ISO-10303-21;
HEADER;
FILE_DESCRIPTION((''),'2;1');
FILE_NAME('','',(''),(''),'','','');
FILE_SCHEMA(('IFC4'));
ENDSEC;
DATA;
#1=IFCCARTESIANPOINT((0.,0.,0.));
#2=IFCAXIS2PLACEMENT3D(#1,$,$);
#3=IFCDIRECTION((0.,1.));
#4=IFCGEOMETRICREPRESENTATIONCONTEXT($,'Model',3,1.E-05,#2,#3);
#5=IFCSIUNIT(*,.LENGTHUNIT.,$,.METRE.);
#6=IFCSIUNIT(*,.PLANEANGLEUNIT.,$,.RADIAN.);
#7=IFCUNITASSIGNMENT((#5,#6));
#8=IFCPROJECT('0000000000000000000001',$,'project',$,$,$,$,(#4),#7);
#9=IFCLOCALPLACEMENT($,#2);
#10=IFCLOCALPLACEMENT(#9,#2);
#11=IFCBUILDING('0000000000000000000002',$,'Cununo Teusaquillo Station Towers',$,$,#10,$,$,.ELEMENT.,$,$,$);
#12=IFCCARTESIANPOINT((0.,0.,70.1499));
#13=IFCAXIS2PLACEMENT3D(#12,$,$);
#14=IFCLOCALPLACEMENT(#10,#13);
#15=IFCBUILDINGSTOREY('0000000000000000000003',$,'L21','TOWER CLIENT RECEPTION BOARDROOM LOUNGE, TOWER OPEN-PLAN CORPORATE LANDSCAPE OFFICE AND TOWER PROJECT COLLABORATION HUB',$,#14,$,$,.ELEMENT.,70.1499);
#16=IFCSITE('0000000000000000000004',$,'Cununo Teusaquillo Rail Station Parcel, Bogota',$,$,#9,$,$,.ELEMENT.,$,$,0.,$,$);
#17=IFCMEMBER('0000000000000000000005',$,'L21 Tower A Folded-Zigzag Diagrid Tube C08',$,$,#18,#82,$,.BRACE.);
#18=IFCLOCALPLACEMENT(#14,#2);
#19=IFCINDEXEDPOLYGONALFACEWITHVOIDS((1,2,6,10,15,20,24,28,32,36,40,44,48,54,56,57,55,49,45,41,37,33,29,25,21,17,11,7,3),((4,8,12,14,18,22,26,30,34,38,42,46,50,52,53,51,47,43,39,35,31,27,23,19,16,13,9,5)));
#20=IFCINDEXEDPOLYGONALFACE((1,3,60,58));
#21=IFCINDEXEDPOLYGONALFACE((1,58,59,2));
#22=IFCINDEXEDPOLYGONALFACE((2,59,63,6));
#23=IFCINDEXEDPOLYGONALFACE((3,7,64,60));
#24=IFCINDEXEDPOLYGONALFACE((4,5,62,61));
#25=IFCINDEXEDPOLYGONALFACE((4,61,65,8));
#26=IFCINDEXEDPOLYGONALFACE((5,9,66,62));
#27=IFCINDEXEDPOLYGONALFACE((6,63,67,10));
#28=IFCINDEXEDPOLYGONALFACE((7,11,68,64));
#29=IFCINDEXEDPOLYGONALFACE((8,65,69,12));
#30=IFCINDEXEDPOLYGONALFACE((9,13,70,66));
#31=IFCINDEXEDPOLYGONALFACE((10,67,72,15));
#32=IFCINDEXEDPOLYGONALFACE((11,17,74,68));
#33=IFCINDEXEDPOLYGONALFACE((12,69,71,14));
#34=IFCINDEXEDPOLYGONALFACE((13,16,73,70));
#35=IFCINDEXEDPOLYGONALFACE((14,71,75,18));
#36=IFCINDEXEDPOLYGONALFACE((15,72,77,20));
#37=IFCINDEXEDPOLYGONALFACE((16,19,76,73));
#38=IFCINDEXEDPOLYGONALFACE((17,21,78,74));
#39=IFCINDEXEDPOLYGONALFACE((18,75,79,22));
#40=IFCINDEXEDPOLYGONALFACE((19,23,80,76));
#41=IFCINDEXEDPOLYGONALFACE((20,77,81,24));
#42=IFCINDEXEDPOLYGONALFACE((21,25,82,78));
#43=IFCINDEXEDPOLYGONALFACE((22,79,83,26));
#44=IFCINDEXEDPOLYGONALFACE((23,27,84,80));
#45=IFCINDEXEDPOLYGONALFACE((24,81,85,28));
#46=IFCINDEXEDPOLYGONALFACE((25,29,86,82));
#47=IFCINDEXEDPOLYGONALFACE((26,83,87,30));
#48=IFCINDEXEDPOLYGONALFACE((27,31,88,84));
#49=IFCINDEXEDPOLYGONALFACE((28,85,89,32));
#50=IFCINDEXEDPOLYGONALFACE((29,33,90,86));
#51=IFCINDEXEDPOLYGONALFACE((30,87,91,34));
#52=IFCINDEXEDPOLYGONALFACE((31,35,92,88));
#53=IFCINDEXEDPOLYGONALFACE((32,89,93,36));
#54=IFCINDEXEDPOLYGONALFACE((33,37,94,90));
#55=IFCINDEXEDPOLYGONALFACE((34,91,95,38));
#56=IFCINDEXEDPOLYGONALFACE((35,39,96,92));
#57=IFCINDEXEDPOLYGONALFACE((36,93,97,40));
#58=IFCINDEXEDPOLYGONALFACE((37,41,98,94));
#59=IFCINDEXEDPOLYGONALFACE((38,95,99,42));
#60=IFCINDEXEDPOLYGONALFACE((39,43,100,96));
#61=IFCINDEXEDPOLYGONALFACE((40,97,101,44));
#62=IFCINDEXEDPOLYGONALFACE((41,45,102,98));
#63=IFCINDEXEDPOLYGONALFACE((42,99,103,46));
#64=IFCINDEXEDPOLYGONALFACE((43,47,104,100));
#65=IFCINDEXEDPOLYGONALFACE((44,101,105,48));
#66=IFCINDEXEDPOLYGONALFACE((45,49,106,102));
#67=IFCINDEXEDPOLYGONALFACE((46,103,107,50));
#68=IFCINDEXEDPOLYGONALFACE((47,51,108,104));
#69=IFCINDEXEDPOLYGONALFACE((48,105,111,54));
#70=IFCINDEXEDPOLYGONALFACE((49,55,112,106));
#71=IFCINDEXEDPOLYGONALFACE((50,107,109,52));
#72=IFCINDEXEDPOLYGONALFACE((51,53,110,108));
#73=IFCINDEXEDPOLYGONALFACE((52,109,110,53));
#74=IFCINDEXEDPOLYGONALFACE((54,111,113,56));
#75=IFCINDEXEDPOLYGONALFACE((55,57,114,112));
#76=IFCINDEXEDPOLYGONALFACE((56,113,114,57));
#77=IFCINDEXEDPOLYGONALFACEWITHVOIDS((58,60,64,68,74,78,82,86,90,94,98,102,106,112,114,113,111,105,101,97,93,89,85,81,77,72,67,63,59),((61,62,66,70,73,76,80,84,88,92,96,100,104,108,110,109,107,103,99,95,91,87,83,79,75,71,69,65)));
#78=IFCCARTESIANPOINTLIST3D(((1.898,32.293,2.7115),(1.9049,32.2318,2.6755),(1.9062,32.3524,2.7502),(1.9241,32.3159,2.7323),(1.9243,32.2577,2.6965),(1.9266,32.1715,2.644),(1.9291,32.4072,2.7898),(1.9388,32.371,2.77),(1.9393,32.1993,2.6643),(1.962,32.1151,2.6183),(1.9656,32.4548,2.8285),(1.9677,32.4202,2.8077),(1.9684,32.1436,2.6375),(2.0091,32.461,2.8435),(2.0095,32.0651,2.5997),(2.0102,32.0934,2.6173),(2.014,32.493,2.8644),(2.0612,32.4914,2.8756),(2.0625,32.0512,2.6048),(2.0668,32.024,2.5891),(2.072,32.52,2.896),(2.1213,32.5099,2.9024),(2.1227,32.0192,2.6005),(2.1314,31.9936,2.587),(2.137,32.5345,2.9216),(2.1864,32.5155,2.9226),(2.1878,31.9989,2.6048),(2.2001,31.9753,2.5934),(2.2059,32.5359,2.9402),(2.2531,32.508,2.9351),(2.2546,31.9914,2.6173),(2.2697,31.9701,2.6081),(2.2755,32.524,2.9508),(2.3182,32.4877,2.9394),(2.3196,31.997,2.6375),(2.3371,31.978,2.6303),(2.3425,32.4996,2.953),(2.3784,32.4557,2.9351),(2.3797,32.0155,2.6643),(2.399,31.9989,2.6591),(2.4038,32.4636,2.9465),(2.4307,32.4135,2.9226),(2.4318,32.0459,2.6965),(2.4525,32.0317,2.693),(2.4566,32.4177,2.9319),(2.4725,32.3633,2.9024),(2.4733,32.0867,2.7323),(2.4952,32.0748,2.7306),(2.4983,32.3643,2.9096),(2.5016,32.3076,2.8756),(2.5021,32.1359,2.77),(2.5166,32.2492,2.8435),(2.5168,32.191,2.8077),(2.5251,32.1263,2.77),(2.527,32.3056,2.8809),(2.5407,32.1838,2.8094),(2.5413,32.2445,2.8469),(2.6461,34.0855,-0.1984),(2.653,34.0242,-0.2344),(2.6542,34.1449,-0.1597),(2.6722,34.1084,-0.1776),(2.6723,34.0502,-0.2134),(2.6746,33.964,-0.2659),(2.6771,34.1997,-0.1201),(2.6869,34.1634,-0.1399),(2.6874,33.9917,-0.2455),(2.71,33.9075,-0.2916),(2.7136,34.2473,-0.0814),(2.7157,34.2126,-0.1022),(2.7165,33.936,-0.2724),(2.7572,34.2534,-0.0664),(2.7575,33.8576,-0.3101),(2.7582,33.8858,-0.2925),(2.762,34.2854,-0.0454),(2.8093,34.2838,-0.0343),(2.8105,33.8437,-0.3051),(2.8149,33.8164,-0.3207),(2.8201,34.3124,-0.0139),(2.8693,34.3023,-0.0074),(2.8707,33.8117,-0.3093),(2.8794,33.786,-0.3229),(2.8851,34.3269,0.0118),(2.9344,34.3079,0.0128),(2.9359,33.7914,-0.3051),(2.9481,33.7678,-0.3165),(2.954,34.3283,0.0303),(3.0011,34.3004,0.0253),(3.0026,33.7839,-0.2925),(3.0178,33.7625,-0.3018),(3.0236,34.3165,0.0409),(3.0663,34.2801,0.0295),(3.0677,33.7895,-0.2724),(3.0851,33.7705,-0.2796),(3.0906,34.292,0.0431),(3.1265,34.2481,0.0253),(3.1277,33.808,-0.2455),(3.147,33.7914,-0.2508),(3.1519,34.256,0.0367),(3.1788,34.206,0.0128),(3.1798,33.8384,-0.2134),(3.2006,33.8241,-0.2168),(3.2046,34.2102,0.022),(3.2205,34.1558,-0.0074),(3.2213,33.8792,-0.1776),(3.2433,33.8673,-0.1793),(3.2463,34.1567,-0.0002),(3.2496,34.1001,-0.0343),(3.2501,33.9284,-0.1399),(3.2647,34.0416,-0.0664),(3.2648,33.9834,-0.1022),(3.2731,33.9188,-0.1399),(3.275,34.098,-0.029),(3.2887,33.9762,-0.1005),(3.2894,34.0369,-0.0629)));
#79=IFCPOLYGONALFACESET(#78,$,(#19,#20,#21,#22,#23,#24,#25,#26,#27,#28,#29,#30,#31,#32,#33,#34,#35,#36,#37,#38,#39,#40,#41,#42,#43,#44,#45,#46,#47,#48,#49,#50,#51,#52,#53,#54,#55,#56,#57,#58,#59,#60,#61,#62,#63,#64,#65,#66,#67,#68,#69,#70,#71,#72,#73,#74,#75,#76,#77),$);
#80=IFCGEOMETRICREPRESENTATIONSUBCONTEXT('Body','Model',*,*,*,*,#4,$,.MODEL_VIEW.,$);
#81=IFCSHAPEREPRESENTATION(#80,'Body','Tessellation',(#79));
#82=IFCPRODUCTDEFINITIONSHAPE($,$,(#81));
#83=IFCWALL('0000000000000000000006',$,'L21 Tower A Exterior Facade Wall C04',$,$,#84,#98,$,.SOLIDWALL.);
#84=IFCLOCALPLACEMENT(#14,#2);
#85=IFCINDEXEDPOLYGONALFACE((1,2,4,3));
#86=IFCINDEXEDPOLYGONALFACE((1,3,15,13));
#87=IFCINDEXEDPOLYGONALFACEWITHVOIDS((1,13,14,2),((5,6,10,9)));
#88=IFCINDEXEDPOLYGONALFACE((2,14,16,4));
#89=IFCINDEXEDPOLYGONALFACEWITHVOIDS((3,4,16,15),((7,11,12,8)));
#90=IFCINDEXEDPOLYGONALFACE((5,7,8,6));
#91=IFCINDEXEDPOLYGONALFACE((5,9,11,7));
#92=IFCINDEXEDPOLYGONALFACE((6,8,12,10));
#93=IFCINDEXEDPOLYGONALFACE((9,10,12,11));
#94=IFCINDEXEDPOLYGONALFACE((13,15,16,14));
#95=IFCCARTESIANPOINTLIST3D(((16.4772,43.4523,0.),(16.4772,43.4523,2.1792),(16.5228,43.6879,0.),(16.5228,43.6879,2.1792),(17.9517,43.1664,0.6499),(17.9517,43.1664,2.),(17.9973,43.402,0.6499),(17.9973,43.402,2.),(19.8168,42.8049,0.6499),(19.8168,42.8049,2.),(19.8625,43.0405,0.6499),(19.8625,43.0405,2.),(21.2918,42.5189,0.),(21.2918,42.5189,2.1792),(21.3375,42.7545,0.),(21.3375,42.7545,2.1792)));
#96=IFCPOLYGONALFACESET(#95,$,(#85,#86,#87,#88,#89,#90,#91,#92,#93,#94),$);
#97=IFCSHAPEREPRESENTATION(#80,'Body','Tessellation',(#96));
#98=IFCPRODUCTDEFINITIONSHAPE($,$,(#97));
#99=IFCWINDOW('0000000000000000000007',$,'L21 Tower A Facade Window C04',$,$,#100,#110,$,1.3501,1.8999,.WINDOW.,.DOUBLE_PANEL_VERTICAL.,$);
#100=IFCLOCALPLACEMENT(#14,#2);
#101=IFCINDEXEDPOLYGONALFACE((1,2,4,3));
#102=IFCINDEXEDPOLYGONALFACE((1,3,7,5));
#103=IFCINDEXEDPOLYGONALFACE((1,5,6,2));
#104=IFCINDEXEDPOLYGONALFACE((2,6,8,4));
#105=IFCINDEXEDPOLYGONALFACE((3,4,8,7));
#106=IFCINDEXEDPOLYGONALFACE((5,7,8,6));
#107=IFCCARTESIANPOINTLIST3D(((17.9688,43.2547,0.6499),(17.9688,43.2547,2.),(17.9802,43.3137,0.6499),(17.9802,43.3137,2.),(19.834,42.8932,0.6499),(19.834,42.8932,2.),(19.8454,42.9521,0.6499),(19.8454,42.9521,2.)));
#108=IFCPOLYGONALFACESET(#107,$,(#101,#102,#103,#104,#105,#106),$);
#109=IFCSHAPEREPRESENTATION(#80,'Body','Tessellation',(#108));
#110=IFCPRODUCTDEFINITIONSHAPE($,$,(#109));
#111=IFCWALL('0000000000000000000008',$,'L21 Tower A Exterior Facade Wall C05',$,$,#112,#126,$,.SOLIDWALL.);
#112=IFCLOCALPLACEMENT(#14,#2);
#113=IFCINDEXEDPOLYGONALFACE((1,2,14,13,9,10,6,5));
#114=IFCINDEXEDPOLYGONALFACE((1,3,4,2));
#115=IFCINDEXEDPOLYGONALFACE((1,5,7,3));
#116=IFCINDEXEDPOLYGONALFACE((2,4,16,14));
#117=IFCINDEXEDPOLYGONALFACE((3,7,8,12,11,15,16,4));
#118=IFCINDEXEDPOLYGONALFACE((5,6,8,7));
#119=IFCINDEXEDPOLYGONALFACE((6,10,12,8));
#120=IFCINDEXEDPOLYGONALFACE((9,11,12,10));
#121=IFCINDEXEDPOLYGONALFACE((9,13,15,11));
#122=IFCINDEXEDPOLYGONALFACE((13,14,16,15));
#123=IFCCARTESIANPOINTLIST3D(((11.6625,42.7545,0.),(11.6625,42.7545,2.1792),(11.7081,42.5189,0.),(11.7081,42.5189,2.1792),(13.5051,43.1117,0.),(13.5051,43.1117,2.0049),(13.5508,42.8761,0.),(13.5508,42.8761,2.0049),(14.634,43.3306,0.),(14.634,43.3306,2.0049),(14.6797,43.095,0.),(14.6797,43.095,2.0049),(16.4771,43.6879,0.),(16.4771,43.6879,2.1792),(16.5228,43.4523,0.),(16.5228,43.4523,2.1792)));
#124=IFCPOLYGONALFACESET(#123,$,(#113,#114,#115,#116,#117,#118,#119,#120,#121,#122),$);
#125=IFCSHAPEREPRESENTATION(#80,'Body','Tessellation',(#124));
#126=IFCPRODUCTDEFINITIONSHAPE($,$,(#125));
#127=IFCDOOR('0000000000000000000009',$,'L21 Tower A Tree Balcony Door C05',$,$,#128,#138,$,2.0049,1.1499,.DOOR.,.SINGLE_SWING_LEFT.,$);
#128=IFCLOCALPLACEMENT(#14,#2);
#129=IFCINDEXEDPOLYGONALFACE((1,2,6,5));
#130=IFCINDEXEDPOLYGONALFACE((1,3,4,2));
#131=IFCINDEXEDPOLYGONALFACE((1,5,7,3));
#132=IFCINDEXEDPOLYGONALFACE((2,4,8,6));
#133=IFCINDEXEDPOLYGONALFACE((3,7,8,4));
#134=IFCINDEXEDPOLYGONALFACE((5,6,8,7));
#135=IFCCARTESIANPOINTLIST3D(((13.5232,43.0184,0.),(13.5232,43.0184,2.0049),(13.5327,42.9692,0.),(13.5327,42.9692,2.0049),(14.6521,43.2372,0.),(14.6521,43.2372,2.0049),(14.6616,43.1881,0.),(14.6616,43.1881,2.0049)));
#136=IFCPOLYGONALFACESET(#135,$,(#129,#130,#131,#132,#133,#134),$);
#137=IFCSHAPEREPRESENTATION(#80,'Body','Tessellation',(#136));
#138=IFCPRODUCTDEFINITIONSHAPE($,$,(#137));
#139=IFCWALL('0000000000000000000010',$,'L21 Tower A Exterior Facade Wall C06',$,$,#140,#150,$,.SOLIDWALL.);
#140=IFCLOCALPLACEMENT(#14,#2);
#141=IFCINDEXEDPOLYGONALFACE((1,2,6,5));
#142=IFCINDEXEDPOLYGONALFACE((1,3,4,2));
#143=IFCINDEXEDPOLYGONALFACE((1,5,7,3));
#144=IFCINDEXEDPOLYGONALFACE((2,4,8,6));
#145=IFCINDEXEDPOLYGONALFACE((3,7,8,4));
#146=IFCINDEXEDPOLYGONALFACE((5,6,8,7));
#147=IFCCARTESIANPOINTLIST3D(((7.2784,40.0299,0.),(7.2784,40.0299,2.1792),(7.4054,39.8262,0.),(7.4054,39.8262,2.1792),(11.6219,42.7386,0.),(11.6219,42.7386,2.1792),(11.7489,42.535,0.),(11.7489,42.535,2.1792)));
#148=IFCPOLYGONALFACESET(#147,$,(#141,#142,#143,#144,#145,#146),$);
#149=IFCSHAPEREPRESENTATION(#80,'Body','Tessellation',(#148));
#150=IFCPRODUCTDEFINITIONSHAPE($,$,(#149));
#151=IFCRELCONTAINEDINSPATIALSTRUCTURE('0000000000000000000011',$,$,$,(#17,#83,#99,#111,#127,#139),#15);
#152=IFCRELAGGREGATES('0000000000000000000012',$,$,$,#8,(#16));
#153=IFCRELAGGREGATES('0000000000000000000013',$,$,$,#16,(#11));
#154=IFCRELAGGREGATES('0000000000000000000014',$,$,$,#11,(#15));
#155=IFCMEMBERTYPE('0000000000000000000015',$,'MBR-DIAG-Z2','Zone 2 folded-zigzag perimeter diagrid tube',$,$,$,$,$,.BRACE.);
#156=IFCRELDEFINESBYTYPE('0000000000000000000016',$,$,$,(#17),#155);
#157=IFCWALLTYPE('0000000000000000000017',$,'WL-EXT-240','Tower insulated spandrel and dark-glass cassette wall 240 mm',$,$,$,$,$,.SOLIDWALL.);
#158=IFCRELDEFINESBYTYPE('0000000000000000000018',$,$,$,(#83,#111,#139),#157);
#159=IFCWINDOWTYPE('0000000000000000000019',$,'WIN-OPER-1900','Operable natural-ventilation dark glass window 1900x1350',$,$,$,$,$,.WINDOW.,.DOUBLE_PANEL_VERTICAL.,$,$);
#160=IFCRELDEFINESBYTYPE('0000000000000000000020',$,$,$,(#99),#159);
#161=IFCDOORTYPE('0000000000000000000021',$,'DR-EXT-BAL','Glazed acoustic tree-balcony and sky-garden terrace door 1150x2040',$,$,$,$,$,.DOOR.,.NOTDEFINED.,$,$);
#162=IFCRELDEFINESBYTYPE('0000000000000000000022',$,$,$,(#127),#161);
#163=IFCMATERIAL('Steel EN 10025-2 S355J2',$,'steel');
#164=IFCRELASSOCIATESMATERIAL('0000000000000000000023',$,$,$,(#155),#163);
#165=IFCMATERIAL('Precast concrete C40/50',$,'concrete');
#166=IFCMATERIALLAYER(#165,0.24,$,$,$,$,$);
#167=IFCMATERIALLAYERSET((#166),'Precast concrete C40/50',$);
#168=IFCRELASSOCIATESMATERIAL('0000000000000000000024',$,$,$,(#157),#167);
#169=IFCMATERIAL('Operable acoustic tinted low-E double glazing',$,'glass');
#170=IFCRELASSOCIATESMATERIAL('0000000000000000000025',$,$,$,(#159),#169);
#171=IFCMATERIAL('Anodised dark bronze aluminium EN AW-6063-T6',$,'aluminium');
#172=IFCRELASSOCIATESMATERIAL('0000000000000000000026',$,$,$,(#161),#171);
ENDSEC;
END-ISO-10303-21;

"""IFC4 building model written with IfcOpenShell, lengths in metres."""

from ifc_helpers import new_model, si_unit, direction, frame, frame_2d, origin, origin_2d, place, context, subcontext, project, spatial, rectangle, hollow_circle, extrude, source, transform, mapped, material, layer, layer_set, material_profile, profile_set, type_object, element, fill, save


model = new_model("IFC4")

# Units and contexts
model_context = context("Model", 3, precision=1e-05, world=origin(), true_north=direction((0.0, 1.0)))
body_context = subcontext(model_context, "Body", "Model", "MODEL_VIEW")
ifc_project = project(units=[si_unit("LENGTHUNIT", "METRE"), si_unit("PLANEANGLEUNIT", "RADIAN")], contexts=[model_context])

# Site, building, storey
site_placement = place(None, origin())
site = spatial("IfcSite", under=ifc_project, at=site_placement, Name="Cununo Teusaquillo Rail Station Parcel, Bogota", CompositionType="ELEMENT", RefElevation=0.0)
building_placement = place(site_placement, origin())
building = spatial("IfcBuilding", under=site, at=building_placement, Name="Cununo Teusaquillo Station Towers", CompositionType="ELEMENT")
storey_placement = place(building_placement, frame((0.0, 0.0, 70.1499)))
storey = spatial("IfcBuildingStorey", under=building, at=storey_placement, Name="L21", Description="TOWER CLIENT RECEPTION BOARDROOM LOUNGE, TOWER OPEN-PLAN CORPORATE LANDSCAPE OFFICE AND TOWER PROJECT COLLABORATION HUB", CompositionType="ELEMENT", Elevation=70.1499)

# Member
ifc_material_1 = material(Name="Steel EN 10025-2 S355J2", Category="steel")
ifc_material_profile_1 = material_profile(ifc_material_1, hollow_circle(Radius=0.3301, WallThickness=0.0249, at=origin_2d()), Name="CHS 660x25")
ifc_profile_set_1 = profile_set([ifc_material_profile_1], Name="Steel EN 10025-2 S355J2")
member_type = type_object("IfcMemberType", Name="MBR-DIAG-Z2", Description="Zone 2 folded-zigzag perimeter diagrid tube", PredefinedType="BRACE", material=ifc_profile_set_1)
member_1_placement = place(storey_placement, frame((2.9685, 34.0459, -0.1399), z_axis=(-0.213814, -0.512343, 0.831738), x_axis=(0.922861, -0.385133, 0.0)))
element("IfcMember", 1, at=member_1_placement, inside=storey, type_object=member_type, Name="L21 Tower A Folded-Zigzag Diagrid Tube C08", PredefinedType="BRACE", context=body_context, shape_type="SweptSolid", body=[
    extrude(hollow_circle(Radius=0.3301, WallThickness=0.0249, at=origin_2d()), origin(), (0.0, 0.0, 1.0), 3.4985),
])

# Wall, opening, window
ifc_material_2 = material(Name="Precast concrete C40/50", Category="concrete")
ifc_layer_1 = layer(ifc_material_2, 0.24)
ifc_layer_set_1 = layer_set([ifc_layer_1], Name="Precast concrete C40/50")
wall_type_1 = type_object("IfcWallType", Name="WL-EXT-240", Description="Tower insulated spandrel and dark-glass cassette wall 240 mm", PredefinedType="SOLIDWALL", material=ifc_layer_set_1)
wall_1_placement = place(storey_placement, frame((16.5, 43.5701, 0.0), z_axis=(0.0, 0.0, 1.0), x_axis=(0.981724, -0.190311, 0.0)))
wall_1 = element("IfcWall", 2, at=wall_1_placement, inside=storey, type_object=wall_type_1, Name="L21 Tower A Exterior Facade Wall C04", PredefinedType="SOLIDWALL", context=body_context, shape_type="SweptSolid", body=[
    extrude(rectangle(XDim=4.9043, YDim=0.24, at=frame_2d((2.4521, 0.0))), origin(), (0.0, 0.0, 1.0), 2.1792),
])
shared_shape_1 = source(origin(), body_context, "Body", "SweptSolid", [
    extrude(rectangle(XDim=1.8999, YDim=1.3501, at=frame_2d((0.95, 0.675))), frame((0.0, 0.1299, 0.0), z_axis=(0.0, -1.0, 0.0), x_axis=(1.0, 0.0, 0.0)), (0.0, 0.0, 1.0), 0.26),
])
opening_1_placement = place(wall_1_placement, frame((1.502, 0.0, 0.6499)))
opening_1 = element("IfcOpeningElement", 3, at=opening_1_placement, cuts=wall_1, PredefinedType="OPENING", context=body_context, shape_type="MappedRepresentation", body=[
    mapped(shared_shape_1, transform((0.0, 0.0, 0.0), x_axis=(1.0, 0.0, 0.0), y_axis=(0.0, 1.0, 0.0), z_axis=(0.0, 0.0, 1.0), scale=1.0)),
])
ifc_material_3 = material(Name="Operable acoustic tinted low-E double glazing", Category="glass")
window_type = type_object("IfcWindowType", Name="WIN-OPER-1900", Description="Operable natural-ventilation dark glass window 1900x1350", PartitioningType="DOUBLE_PANEL_VERTICAL", PredefinedType="WINDOW", material=ifc_material_3)
shared_shape_2 = source(origin(), body_context, "Body", "SweptSolid", [
    extrude(rectangle(XDim=1.8999, YDim=1.3501, at=frame_2d((0.95, 0.675))), frame((0.0, 0.03, 0.0), z_axis=(0.0, -1.0, 0.0), x_axis=(1.0, 0.0, 0.0)), (0.0, 0.0, 1.0), 0.0601),
])
window_1_placement = place(opening_1_placement, origin())
window_1 = element("IfcWindow", 4, at=window_1_placement, inside=storey, type_object=window_type, Name="L21 Tower A Facade Window C04", OverallHeight=1.3501, OverallWidth=1.8999, PartitioningType="DOUBLE_PANEL_VERTICAL", PredefinedType="WINDOW", context=body_context, shape_type="MappedRepresentation", body=[
    mapped(shared_shape_2, transform((0.0, 0.0, 0.0), x_axis=(1.0, 0.0, 0.0), y_axis=(0.0, 1.0, 0.0), z_axis=(0.0, 0.0, 1.0), scale=1.0)),
])
fill(opening_1, window_1)

# Wall, opening, door
wall_2_placement = place(storey_placement, frame((11.6853, 42.6367, 0.0), z_axis=(0.0, 0.0, 1.0), x_axis=(0.981724, 0.190311, 0.0)))
wall_2 = element("IfcWall", 5, at=wall_2_placement, inside=storey, type_object=wall_type_1, Name="L21 Tower A Exterior Facade Wall C05", PredefinedType="SOLIDWALL", context=body_context, shape_type="SweptSolid", body=[
    extrude(rectangle(XDim=4.9043, YDim=0.24, at=frame_2d((2.4521, 0.0))), origin(), (0.0, 0.0, 1.0), 2.1792),
])
shared_shape_3 = source(origin(), body_context, "Body", "SweptSolid", [
    extrude(rectangle(XDim=1.1499, YDim=2.0049, at=frame_2d((0.575, 1.0024))), frame((0.0, 0.1299, 0.0), z_axis=(0.0, -1.0, 0.0), x_axis=(1.0, 0.0, 0.0)), (0.0, 0.0, 1.0), 0.26),
])
opening_2_placement = place(wall_2_placement, frame((1.877, 0.0, 0.0)))
opening_2 = element("IfcOpeningElement", 6, at=opening_2_placement, cuts=wall_2, PredefinedType="OPENING", context=body_context, shape_type="MappedRepresentation", body=[
    mapped(shared_shape_3, transform((0.0, 0.0, 0.0), x_axis=(1.0, 0.0, 0.0), y_axis=(0.0, 1.0, 0.0), z_axis=(0.0, 0.0, 1.0), scale=1.0)),
])
ifc_material_4 = material(Name="Anodised dark bronze aluminium EN AW-6063-T6", Category="aluminium")
door_type_1 = type_object("IfcDoorType", Name="DR-EXT-BAL", Description="Glazed acoustic tree-balcony and sky-garden terrace door 1150x2040", OperationType="NOTDEFINED", PredefinedType="DOOR", material=ifc_material_4)
shared_shape_4 = source(origin(), body_context, "Body", "SweptSolid", [
    extrude(rectangle(XDim=1.1499, YDim=2.0049, at=frame_2d((0.575, 1.0024))), frame((0.0, 0.0249, 0.0), z_axis=(0.0, -1.0, 0.0), x_axis=(1.0, 0.0, 0.0)), (0.0, 0.0, 1.0), 0.05),
])
door_1_placement = place(opening_2_placement, origin())
door_1 = element("IfcDoor", 7, at=door_1_placement, inside=storey, type_object=door_type_1, Name="L21 Tower A Tree Balcony Door C05", OperationType="SINGLE_SWING_LEFT", OverallHeight=2.0049, OverallWidth=1.1499, PredefinedType="DOOR", context=body_context, shape_type="MappedRepresentation", body=[
    mapped(shared_shape_4, transform((0.0, 0.0, 0.0), x_axis=(1.0, 0.0, 0.0), y_axis=(0.0, 1.0, 0.0), z_axis=(0.0, 0.0, 1.0), scale=1.0)),
])
fill(opening_2, door_1)

# Wall
wall_3_placement = place(storey_placement, frame((7.3418, 39.928, 0.0), z_axis=(0.0, 0.0, 1.0), x_axis=(0.84852, 0.529163, 0.0)))
element("IfcWall", 8, at=wall_3_placement, inside=storey, type_object=wall_type_1, Name="L21 Tower A Exterior Facade Wall C06", PredefinedType="SOLIDWALL", context=body_context, shape_type="SweptSolid", body=[
    extrude(rectangle(XDim=5.1189, YDim=0.24, at=frame_2d((2.5596, 0.0))), origin(), (0.0, 0.0, 1.0), 2.1792),
])

save(model, "model.ifc")
